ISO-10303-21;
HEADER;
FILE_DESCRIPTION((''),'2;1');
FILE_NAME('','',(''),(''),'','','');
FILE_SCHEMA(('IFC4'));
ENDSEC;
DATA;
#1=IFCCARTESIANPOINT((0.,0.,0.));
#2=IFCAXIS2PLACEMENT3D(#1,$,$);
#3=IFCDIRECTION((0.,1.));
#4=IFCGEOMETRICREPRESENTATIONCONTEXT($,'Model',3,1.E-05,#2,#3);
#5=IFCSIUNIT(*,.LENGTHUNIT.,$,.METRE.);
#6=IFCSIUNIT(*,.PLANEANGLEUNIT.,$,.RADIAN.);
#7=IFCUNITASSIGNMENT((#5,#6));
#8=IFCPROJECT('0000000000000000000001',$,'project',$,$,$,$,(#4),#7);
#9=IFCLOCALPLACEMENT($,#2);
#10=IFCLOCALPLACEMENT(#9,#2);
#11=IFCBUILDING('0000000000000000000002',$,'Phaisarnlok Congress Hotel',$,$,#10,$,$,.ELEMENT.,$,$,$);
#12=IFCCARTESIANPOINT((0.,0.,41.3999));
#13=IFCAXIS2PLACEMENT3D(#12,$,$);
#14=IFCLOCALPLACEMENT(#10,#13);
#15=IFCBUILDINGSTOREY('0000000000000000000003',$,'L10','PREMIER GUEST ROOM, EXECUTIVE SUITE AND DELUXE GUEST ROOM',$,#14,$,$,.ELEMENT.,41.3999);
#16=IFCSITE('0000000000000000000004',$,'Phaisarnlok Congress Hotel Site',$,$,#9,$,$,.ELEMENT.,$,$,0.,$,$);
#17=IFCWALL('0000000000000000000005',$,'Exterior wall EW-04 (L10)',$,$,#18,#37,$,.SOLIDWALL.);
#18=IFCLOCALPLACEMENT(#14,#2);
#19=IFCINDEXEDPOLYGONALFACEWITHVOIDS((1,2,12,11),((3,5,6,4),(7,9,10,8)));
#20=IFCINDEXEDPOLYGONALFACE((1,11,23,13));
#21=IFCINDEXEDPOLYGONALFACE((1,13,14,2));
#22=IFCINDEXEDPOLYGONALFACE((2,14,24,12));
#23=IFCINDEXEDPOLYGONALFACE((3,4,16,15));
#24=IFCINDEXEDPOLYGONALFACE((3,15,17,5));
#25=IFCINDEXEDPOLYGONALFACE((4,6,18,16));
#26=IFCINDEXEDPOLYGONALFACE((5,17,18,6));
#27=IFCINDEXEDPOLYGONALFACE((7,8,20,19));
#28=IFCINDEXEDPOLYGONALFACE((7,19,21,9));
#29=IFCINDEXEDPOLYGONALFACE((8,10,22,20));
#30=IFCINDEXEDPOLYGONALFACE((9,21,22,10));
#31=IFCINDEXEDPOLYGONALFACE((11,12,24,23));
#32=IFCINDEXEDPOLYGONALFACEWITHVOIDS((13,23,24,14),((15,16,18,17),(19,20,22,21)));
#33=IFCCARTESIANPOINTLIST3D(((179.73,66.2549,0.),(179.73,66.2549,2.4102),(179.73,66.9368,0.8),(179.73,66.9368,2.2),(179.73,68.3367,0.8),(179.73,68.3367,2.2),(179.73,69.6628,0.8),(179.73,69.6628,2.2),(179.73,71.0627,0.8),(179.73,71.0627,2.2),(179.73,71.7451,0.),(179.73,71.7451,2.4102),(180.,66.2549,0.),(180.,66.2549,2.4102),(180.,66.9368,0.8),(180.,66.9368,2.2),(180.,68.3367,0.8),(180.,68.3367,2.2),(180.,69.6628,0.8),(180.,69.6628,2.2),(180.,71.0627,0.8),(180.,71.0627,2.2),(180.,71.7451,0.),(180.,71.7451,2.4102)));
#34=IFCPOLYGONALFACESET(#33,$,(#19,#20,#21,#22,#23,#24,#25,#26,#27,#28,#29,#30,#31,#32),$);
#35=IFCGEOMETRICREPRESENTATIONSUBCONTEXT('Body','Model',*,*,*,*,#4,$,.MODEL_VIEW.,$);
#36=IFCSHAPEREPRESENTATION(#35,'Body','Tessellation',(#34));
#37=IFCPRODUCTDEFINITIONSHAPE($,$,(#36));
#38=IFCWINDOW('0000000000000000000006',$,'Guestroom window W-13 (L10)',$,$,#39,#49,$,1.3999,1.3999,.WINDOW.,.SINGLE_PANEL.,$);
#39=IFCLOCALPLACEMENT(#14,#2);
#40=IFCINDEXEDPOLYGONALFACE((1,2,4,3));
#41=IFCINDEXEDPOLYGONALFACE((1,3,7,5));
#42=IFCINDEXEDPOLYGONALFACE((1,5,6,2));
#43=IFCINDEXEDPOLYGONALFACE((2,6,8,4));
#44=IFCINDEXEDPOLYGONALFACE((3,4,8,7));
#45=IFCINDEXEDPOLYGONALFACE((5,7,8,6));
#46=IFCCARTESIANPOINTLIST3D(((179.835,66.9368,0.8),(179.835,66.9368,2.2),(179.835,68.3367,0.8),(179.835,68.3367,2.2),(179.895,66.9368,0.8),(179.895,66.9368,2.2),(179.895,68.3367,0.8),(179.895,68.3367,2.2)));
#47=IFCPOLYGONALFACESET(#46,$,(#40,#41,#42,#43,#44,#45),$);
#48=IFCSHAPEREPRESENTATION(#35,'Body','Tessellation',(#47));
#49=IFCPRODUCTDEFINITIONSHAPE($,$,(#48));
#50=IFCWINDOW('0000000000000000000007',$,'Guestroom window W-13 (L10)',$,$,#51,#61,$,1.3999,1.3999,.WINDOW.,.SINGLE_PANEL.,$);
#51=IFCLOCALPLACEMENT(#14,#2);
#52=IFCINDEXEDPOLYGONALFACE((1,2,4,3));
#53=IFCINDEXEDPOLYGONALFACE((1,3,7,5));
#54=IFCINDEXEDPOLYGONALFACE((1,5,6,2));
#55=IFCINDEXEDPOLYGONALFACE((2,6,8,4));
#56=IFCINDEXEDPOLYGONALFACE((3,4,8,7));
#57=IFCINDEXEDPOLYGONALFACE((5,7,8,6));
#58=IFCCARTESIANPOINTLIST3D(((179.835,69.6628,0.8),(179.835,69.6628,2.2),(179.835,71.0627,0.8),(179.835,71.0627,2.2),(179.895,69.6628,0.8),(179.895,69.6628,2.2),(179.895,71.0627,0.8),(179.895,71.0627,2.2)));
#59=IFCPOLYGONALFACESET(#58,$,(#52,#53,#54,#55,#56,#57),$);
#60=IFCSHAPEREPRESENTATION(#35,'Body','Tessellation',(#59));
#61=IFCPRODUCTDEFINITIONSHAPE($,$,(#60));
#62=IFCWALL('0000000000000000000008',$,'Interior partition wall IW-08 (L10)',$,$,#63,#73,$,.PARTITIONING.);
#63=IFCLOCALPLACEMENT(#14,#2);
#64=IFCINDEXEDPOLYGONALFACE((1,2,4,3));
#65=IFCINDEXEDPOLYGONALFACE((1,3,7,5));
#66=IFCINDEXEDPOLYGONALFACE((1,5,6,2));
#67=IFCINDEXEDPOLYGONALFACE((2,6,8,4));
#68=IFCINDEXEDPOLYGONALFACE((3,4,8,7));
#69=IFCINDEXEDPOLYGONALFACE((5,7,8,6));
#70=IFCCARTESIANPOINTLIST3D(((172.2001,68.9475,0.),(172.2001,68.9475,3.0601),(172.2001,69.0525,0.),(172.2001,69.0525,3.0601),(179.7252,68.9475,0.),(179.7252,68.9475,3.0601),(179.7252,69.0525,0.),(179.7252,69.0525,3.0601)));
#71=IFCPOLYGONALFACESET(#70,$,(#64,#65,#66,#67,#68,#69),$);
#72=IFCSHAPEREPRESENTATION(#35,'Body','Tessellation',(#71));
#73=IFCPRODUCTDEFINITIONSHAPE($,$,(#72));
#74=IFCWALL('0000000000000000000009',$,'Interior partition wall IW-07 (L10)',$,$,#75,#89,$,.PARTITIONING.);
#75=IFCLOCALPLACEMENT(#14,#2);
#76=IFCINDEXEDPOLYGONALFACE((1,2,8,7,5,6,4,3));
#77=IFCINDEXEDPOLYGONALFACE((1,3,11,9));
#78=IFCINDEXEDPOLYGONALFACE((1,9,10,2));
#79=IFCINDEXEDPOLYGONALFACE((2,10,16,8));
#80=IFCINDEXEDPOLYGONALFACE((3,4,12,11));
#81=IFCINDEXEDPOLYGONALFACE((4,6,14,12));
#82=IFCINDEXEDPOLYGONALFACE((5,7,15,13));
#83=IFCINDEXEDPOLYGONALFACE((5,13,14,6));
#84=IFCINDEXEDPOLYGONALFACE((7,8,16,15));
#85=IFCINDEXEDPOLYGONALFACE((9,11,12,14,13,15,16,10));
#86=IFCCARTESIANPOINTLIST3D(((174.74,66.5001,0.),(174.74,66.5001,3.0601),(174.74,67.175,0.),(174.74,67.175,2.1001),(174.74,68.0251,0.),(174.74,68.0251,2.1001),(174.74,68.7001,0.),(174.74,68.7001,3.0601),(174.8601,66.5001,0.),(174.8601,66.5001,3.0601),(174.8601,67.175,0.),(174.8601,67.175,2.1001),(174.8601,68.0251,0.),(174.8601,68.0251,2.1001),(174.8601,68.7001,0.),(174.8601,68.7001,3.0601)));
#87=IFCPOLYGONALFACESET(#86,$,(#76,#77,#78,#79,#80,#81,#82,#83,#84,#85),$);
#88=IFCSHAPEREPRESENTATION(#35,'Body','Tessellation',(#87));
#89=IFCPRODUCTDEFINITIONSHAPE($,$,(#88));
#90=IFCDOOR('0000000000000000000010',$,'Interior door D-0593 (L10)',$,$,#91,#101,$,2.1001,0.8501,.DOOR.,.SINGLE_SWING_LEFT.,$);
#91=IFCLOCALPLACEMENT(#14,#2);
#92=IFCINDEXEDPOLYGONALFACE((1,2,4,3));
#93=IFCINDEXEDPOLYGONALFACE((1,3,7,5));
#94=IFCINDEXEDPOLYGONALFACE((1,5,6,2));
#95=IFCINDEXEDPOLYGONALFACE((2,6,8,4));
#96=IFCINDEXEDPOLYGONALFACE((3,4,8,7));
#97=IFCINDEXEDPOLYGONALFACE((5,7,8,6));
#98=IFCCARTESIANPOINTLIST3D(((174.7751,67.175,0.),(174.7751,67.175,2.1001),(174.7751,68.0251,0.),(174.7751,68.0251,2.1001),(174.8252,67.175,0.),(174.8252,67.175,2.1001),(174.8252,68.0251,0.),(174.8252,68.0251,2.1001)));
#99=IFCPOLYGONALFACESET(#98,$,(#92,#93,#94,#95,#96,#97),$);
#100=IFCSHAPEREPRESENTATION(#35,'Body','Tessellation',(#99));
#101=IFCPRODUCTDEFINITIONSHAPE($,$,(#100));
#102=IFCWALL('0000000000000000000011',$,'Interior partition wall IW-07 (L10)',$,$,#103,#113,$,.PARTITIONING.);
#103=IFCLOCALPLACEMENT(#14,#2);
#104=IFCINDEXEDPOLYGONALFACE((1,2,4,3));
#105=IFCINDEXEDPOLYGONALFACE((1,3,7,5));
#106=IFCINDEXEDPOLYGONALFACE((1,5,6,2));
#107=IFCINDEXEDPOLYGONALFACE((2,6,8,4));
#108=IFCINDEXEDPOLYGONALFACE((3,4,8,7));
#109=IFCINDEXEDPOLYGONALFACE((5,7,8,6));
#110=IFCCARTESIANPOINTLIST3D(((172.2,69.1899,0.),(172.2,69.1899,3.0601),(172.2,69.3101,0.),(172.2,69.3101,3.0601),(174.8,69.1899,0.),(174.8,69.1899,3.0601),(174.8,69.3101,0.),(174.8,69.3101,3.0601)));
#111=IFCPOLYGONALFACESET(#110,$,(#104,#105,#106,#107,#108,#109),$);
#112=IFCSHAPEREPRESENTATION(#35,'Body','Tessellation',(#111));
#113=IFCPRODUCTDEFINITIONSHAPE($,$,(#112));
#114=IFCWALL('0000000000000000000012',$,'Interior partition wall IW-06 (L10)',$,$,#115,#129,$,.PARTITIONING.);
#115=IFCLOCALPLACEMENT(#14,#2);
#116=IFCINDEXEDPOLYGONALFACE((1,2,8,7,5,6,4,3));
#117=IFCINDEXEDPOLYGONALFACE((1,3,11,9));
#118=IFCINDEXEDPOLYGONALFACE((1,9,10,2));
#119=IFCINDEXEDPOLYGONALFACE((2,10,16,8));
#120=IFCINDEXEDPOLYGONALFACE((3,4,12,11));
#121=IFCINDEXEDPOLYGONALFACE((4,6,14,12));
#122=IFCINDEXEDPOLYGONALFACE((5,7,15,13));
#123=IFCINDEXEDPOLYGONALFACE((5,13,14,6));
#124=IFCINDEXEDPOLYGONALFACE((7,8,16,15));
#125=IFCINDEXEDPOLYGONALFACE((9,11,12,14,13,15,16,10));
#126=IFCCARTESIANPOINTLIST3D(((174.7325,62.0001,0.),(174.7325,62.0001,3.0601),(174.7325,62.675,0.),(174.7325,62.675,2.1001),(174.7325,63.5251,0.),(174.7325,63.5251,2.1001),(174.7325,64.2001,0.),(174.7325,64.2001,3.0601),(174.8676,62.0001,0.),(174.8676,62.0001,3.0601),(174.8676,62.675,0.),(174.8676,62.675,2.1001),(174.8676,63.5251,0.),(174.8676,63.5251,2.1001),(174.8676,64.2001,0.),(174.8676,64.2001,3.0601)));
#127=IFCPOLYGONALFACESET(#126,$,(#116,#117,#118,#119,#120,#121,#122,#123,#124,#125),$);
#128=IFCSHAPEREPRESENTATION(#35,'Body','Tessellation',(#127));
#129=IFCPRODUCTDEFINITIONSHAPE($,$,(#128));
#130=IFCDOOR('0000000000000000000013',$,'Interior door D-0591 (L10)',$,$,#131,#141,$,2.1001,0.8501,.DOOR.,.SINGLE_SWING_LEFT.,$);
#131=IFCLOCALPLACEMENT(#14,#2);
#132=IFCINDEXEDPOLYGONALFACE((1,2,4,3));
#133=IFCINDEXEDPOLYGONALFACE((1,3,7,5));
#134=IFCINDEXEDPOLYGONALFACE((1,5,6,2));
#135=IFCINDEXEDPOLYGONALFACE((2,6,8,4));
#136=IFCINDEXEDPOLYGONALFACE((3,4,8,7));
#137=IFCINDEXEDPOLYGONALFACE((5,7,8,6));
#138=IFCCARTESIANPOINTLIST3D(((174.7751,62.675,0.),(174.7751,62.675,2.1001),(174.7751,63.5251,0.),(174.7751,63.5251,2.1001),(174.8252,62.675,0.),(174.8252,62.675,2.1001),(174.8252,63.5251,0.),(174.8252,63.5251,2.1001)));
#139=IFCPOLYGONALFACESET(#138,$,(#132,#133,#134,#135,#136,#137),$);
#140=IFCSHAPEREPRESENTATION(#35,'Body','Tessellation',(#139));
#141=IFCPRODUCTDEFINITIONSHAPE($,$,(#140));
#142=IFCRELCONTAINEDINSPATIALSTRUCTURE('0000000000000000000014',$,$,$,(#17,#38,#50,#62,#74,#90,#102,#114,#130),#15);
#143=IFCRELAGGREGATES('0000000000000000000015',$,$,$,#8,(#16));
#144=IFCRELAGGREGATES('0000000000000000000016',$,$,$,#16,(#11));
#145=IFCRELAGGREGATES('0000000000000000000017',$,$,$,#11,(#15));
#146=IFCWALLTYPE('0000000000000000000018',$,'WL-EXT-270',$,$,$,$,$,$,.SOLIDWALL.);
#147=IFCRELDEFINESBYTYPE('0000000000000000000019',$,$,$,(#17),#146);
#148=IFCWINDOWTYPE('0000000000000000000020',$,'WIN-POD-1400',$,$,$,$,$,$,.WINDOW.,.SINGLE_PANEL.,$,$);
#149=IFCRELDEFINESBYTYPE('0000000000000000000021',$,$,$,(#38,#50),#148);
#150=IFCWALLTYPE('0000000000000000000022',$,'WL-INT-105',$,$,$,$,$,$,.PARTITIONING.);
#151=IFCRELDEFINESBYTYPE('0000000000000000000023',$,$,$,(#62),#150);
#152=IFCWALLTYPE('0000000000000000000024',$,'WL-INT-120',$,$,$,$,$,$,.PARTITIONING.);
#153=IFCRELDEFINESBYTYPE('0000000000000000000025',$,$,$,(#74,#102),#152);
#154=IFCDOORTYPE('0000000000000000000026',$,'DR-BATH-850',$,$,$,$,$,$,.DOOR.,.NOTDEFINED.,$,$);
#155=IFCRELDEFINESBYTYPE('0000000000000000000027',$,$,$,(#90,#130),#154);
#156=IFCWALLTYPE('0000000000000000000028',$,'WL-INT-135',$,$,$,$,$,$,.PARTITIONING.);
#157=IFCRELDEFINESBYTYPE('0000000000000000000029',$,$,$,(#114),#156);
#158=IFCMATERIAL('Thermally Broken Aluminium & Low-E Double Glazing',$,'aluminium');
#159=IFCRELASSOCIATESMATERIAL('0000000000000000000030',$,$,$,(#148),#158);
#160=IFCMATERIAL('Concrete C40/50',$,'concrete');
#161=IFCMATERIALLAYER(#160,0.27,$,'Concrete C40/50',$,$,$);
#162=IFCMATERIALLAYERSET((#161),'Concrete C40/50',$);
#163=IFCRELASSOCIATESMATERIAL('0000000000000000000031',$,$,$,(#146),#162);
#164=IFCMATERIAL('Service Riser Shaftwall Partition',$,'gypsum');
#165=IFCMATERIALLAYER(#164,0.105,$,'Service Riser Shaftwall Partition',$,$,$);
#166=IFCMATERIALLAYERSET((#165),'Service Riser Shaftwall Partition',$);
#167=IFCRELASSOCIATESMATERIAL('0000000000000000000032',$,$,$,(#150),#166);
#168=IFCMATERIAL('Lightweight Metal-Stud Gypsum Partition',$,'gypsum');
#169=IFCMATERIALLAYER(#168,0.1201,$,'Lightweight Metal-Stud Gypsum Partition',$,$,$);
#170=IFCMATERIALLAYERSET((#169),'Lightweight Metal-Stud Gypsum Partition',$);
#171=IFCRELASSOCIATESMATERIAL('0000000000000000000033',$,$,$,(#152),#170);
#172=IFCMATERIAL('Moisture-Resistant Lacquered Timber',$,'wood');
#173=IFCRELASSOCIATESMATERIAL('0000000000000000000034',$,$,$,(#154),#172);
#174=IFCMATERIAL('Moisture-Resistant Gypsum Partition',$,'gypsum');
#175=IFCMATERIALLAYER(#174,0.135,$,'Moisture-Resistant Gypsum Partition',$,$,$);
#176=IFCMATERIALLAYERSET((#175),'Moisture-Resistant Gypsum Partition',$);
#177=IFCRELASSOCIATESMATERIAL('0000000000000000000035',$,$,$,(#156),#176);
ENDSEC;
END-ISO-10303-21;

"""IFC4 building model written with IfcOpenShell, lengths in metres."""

from ifc_helpers import new_model, si_unit, direction, frame, frame_2d, origin, place, context, subcontext, project, spatial, rectangle, extrude, material, layer, layer_set, type_object, element, fill, save


model = new_model("IFC4")

# Units and contexts
model_context = context("Model", 3, precision=1e-05, world=origin(), true_north=direction((0.0, 1.0)))
body_context = subcontext(model_context, "Body", "Model", "MODEL_VIEW")
ifc_project = project(units=[si_unit("LENGTHUNIT", "METRE"), si_unit("PLANEANGLEUNIT", "RADIAN")], contexts=[model_context])

# Site, building, storey
site_placement = place(None, origin())
site = spatial("IfcSite", under=ifc_project, at=site_placement, Name="Phaisarnlok Congress Hotel Site", CompositionType="ELEMENT", RefElevation=0.0)
building_placement = place(site_placement, origin())
building = spatial("IfcBuilding", under=site, at=building_placement, Name="Phaisarnlok Congress Hotel", CompositionType="ELEMENT")
storey_placement = place(building_placement, frame((0.0, 0.0, 41.3999)))
storey = spatial("IfcBuildingStorey", under=building, at=storey_placement, Name="L10", Description="PREMIER GUEST ROOM, EXECUTIVE SUITE AND DELUXE GUEST ROOM", CompositionType="ELEMENT", Elevation=41.3999)

# Shared definitions
ifc_material_1 = material(Name="Concrete C40/50", Category="concrete")

# Shared definitions
ifc_material_2 = material(Name="Thermally Broken Aluminium & Low-E Double Glazing", Category="aluminium")
window_type = type_object("IfcWindowType", Name="WIN-POD-1400", PartitioningType="SINGLE_PANEL", PredefinedType="WINDOW", material=ifc_material_2)

# Wall, openings, windows
ifc_layer_1 = layer(ifc_material_1, 0.27, Name="Concrete C40/50")
ifc_layer_set_1 = layer_set([ifc_layer_1], Name="Concrete C40/50")
wall_type_1 = type_object("IfcWallType", Name="WL-EXT-270", PredefinedType="SOLIDWALL", material=ifc_layer_set_1)
wall_1_placement = place(storey_placement, frame((179.865, 66.2549, 0.0), z_axis=(0.0, 0.0, 1.0), x_axis=(0.0, 1.0, 0.0)))
wall_1 = element("IfcWall", 1, at=wall_1_placement, inside=storey, type_object=wall_type_1, Name="Exterior wall EW-04 (L10)", PredefinedType="SOLIDWALL", context=body_context, shape_type="SweptSolid", body=[
    extrude(rectangle(XDim=5.4902, YDim=0.27, at=frame_2d((2.7451, 0.0))), origin(), (0.0, 0.0, 1.0), 2.4102),
])
opening_1_placement = place(wall_1_placement, frame((0.6819, 0.0, 0.8)))
opening_1 = element("IfcOpeningElement", 2, at=opening_1_placement, cuts=wall_1, PredefinedType="OPENING", context=body_context, shape_type="SweptSolid", body=[
    extrude(rectangle(XDim=1.3999, YDim=1.3999, at=frame_2d((0.7, 0.7))), frame((0.0, 0.145, 0.0), z_axis=(0.0, -1.0, 0.0), x_axis=(1.0, 0.0, 0.0)), (0.0, 0.0, 1.0), 0.29),
])
opening_2_placement = place(wall_1_placement, frame((3.408, 0.0, 0.8)))
opening_2 = element("IfcOpeningElement", 3, at=opening_2_placement, cuts=wall_1, PredefinedType="OPENING", context=body_context, shape_type="SweptSolid", body=[
    extrude(rectangle(XDim=1.3999, YDim=1.3999, at=frame_2d((0.7, 0.7))), frame((0.0, 0.145, 0.0), z_axis=(0.0, -1.0, 0.0), x_axis=(1.0, 0.0, 0.0)), (0.0, 0.0, 1.0), 0.29),
])
window_1_placement = place(opening_1_placement, origin())
window_1 = element("IfcWindow", 4, at=window_1_placement, inside=storey, type_object=window_type, Name="Guestroom window W-13 (L10)", OverallHeight=1.3999, OverallWidth=1.3999, PartitioningType="SINGLE_PANEL", PredefinedType="WINDOW", context=body_context, shape_type="SweptSolid", body=[
    extrude(rectangle(XDim=1.3999, YDim=1.3999, at=frame_2d((0.7, 0.7))), frame((0.0, 0.03, 0.0), z_axis=(0.0, -1.0, 0.0), x_axis=(1.0, 0.0, 0.0)), (0.0, 0.0, 1.0), 0.0601),
])
fill(opening_1, window_1)
window_2_placement = place(opening_2_placement, origin())
window_2 = element("IfcWindow", 5, at=window_2_placement, inside=storey, type_object=window_type, Name="Guestroom window W-13 (L10)", OverallHeight=1.3999, OverallWidth=1.3999, PartitioningType="SINGLE_PANEL", PredefinedType="WINDOW", context=body_context, shape_type="SweptSolid", body=[
    extrude(rectangle(XDim=1.3999, YDim=1.3999, at=frame_2d((0.7, 0.7))), frame((0.0, 0.03, 0.0), z_axis=(0.0, -1.0, 0.0), x_axis=(1.0, 0.0, 0.0)), (0.0, 0.0, 1.0), 0.0601),
])
fill(opening_2, window_2)

# Wall
ifc_material_3 = material(Name="Service Riser Shaftwall Partition", Category="gypsum")
ifc_layer_2 = layer(ifc_material_3, 0.105, Name="Service Riser Shaftwall Partition")
ifc_layer_set_2 = layer_set([ifc_layer_2], Name="Service Riser Shaftwall Partition")
wall_type_2 = type_object("IfcWallType", Name="WL-INT-105", PredefinedType="PARTITIONING", material=ifc_layer_set_2)
wall_2_placement = place(storey_placement, frame((172.2, 69.0, 0.0), z_axis=(0.0, 0.0, 1.0), x_axis=(1.0, 0.0, 0.0)))
element("IfcWall", 6, at=wall_2_placement, inside=storey, type_object=wall_type_2, Name="Interior partition wall IW-08 (L10)", PredefinedType="PARTITIONING", context=body_context, shape_type="SweptSolid", body=[
    extrude(rectangle(XDim=7.5251, YDim=0.105, at=frame_2d((3.7627, 0.0))), origin(), (0.0, 0.0, 1.0), 3.0601),
])

# Wall, opening, door
ifc_material_4 = material(Name="Lightweight Metal-Stud Gypsum Partition", Category="gypsum")
ifc_layer_3 = layer(ifc_material_4, 0.1201, Name="Lightweight Metal-Stud Gypsum Partition")
ifc_layer_set_3 = layer_set([ifc_layer_3], Name="Lightweight Metal-Stud Gypsum Partition")
wall_type_3 = type_object("IfcWallType", Name="WL-INT-120", PredefinedType="PARTITIONING", material=ifc_layer_set_3)
wall_3_placement = place(storey_placement, frame((174.8, 66.5, 0.0), z_axis=(0.0, 0.0, 1.0), x_axis=(0.0, 1.0, 0.0)))
wall_3 = element("IfcWall", 7, at=wall_3_placement, inside=storey, type_object=wall_type_3, Name="Interior partition wall IW-07 (L10)", PredefinedType="PARTITIONING", context=body_context, shape_type="SweptSolid", body=[
    extrude(rectangle(XDim=2.2, YDim=0.1201, at=frame_2d((1.1001, 0.0))), origin(), (0.0, 0.0, 1.0), 3.0601),
])
opening_3_placement = place(wall_3_placement, frame((0.675, 0.0, 0.0)))
opening_3 = element("IfcOpeningElement", 8, at=opening_3_placement, cuts=wall_3, PredefinedType="OPENING", context=body_context, shape_type="SweptSolid", body=[
    extrude(rectangle(XDim=0.8501, YDim=2.1001, at=frame_2d((0.425, 1.05))), frame((0.0, 0.0701, 0.0), z_axis=(0.0, -1.0, 0.0), x_axis=(1.0, 0.0, 0.0)), (0.0, 0.0, 1.0), 0.1401),
])
ifc_material_5 = material(Name="Moisture-Resistant Lacquered Timber", Category="wood")
door_type = type_object("IfcDoorType", Name="DR-BATH-850", OperationType="NOTDEFINED", PredefinedType="DOOR", material=ifc_material_5)
door_1_placement = place(opening_3_placement, origin())
door_1 = element("IfcDoor", 9, at=door_1_placement, inside=storey, type_object=door_type, Name="Interior door D-0593 (L10)", OperationType="SINGLE_SWING_LEFT", OverallHeight=2.1001, OverallWidth=0.8501, PredefinedType="DOOR", context=body_context, shape_type="SweptSolid", body=[
    extrude(rectangle(XDim=0.8501, YDim=2.1001, at=frame_2d((0.425, 1.05))), frame((0.0, 0.0249, 0.0), z_axis=(0.0, -1.0, 0.0), x_axis=(1.0, 0.0, 0.0)), (0.0, 0.0, 1.0), 0.05),
])
fill(opening_3, door_1)

# Wall
wall_4_placement = place(storey_placement, frame((172.2, 69.25, 0.0), z_axis=(0.0, 0.0, 1.0), x_axis=(1.0, 0.0, 0.0)))
element("IfcWall", 10, at=wall_4_placement, inside=storey, type_object=wall_type_3, Name="Interior partition wall IW-07 (L10)", PredefinedType="PARTITIONING", context=body_context, shape_type="SweptSolid", body=[
    extrude(rectangle(XDim=2.6001, YDim=0.1201, at=frame_2d((1.3, 0.0))), origin(), (0.0, 0.0, 1.0), 3.0601),
])

# Wall, opening, door
ifc_material_6 = material(Name="Moisture-Resistant Gypsum Partition", Category="gypsum")
ifc_layer_4 = layer(ifc_material_6, 0.135, Name="Moisture-Resistant Gypsum Partition")
ifc_layer_set_4 = layer_set([ifc_layer_4], Name="Moisture-Resistant Gypsum Partition")
wall_type_4 = type_object("IfcWallType", Name="WL-INT-135", PredefinedType="PARTITIONING", material=ifc_layer_set_4)
wall_5_placement = place(storey_placement, frame((174.8, 62.0, 0.0), z_axis=(0.0, 0.0, 1.0), x_axis=(0.0, 1.0, 0.0)))
wall_5 = element("IfcWall", 11, at=wall_5_placement, inside=storey, type_object=wall_type_4, Name="Interior partition wall IW-06 (L10)", PredefinedType="PARTITIONING", context=body_context, shape_type="SweptSolid", body=[
    extrude(rectangle(XDim=2.2, YDim=0.135, at=frame_2d((1.1001, 0.0))), origin(), (0.0, 0.0, 1.0), 3.0601),
])
opening_4_placement = place(wall_5_placement, frame((0.675, 0.0, 0.0)))
opening_4 = element("IfcOpeningElement", 12, at=opening_4_placement, cuts=wall_5, PredefinedType="OPENING", context=body_context, shape_type="SweptSolid", body=[
    extrude(rectangle(XDim=0.8501, YDim=2.1001, at=frame_2d((0.425, 1.05))), frame((0.0, 0.0776, 0.0), z_axis=(0.0, -1.0, 0.0), x_axis=(1.0, 0.0, 0.0)), (0.0, 0.0, 1.0), 0.155),
])
door_2_placement = place(opening_4_placement, origin())
door_2 = element("IfcDoor", 13, at=door_2_placement, inside=storey, type_object=door_type, Name="Interior door D-0591 (L10)", OperationType="SINGLE_SWING_LEFT", OverallHeight=2.1001, OverallWidth=0.8501, PredefinedType="DOOR", context=body_context, shape_type="SweptSolid", body=[
    extrude(rectangle(XDim=0.8501, YDim=2.1001, at=frame_2d((0.425, 1.05))), frame((0.0, 0.0249, 0.0), z_axis=(0.0, -1.0, 0.0), x_axis=(1.0, 0.0, 0.0)), (0.0, 0.0, 1.0), 0.05),
])
fill(opening_4, door_2)

save(model, "model.ifc")
